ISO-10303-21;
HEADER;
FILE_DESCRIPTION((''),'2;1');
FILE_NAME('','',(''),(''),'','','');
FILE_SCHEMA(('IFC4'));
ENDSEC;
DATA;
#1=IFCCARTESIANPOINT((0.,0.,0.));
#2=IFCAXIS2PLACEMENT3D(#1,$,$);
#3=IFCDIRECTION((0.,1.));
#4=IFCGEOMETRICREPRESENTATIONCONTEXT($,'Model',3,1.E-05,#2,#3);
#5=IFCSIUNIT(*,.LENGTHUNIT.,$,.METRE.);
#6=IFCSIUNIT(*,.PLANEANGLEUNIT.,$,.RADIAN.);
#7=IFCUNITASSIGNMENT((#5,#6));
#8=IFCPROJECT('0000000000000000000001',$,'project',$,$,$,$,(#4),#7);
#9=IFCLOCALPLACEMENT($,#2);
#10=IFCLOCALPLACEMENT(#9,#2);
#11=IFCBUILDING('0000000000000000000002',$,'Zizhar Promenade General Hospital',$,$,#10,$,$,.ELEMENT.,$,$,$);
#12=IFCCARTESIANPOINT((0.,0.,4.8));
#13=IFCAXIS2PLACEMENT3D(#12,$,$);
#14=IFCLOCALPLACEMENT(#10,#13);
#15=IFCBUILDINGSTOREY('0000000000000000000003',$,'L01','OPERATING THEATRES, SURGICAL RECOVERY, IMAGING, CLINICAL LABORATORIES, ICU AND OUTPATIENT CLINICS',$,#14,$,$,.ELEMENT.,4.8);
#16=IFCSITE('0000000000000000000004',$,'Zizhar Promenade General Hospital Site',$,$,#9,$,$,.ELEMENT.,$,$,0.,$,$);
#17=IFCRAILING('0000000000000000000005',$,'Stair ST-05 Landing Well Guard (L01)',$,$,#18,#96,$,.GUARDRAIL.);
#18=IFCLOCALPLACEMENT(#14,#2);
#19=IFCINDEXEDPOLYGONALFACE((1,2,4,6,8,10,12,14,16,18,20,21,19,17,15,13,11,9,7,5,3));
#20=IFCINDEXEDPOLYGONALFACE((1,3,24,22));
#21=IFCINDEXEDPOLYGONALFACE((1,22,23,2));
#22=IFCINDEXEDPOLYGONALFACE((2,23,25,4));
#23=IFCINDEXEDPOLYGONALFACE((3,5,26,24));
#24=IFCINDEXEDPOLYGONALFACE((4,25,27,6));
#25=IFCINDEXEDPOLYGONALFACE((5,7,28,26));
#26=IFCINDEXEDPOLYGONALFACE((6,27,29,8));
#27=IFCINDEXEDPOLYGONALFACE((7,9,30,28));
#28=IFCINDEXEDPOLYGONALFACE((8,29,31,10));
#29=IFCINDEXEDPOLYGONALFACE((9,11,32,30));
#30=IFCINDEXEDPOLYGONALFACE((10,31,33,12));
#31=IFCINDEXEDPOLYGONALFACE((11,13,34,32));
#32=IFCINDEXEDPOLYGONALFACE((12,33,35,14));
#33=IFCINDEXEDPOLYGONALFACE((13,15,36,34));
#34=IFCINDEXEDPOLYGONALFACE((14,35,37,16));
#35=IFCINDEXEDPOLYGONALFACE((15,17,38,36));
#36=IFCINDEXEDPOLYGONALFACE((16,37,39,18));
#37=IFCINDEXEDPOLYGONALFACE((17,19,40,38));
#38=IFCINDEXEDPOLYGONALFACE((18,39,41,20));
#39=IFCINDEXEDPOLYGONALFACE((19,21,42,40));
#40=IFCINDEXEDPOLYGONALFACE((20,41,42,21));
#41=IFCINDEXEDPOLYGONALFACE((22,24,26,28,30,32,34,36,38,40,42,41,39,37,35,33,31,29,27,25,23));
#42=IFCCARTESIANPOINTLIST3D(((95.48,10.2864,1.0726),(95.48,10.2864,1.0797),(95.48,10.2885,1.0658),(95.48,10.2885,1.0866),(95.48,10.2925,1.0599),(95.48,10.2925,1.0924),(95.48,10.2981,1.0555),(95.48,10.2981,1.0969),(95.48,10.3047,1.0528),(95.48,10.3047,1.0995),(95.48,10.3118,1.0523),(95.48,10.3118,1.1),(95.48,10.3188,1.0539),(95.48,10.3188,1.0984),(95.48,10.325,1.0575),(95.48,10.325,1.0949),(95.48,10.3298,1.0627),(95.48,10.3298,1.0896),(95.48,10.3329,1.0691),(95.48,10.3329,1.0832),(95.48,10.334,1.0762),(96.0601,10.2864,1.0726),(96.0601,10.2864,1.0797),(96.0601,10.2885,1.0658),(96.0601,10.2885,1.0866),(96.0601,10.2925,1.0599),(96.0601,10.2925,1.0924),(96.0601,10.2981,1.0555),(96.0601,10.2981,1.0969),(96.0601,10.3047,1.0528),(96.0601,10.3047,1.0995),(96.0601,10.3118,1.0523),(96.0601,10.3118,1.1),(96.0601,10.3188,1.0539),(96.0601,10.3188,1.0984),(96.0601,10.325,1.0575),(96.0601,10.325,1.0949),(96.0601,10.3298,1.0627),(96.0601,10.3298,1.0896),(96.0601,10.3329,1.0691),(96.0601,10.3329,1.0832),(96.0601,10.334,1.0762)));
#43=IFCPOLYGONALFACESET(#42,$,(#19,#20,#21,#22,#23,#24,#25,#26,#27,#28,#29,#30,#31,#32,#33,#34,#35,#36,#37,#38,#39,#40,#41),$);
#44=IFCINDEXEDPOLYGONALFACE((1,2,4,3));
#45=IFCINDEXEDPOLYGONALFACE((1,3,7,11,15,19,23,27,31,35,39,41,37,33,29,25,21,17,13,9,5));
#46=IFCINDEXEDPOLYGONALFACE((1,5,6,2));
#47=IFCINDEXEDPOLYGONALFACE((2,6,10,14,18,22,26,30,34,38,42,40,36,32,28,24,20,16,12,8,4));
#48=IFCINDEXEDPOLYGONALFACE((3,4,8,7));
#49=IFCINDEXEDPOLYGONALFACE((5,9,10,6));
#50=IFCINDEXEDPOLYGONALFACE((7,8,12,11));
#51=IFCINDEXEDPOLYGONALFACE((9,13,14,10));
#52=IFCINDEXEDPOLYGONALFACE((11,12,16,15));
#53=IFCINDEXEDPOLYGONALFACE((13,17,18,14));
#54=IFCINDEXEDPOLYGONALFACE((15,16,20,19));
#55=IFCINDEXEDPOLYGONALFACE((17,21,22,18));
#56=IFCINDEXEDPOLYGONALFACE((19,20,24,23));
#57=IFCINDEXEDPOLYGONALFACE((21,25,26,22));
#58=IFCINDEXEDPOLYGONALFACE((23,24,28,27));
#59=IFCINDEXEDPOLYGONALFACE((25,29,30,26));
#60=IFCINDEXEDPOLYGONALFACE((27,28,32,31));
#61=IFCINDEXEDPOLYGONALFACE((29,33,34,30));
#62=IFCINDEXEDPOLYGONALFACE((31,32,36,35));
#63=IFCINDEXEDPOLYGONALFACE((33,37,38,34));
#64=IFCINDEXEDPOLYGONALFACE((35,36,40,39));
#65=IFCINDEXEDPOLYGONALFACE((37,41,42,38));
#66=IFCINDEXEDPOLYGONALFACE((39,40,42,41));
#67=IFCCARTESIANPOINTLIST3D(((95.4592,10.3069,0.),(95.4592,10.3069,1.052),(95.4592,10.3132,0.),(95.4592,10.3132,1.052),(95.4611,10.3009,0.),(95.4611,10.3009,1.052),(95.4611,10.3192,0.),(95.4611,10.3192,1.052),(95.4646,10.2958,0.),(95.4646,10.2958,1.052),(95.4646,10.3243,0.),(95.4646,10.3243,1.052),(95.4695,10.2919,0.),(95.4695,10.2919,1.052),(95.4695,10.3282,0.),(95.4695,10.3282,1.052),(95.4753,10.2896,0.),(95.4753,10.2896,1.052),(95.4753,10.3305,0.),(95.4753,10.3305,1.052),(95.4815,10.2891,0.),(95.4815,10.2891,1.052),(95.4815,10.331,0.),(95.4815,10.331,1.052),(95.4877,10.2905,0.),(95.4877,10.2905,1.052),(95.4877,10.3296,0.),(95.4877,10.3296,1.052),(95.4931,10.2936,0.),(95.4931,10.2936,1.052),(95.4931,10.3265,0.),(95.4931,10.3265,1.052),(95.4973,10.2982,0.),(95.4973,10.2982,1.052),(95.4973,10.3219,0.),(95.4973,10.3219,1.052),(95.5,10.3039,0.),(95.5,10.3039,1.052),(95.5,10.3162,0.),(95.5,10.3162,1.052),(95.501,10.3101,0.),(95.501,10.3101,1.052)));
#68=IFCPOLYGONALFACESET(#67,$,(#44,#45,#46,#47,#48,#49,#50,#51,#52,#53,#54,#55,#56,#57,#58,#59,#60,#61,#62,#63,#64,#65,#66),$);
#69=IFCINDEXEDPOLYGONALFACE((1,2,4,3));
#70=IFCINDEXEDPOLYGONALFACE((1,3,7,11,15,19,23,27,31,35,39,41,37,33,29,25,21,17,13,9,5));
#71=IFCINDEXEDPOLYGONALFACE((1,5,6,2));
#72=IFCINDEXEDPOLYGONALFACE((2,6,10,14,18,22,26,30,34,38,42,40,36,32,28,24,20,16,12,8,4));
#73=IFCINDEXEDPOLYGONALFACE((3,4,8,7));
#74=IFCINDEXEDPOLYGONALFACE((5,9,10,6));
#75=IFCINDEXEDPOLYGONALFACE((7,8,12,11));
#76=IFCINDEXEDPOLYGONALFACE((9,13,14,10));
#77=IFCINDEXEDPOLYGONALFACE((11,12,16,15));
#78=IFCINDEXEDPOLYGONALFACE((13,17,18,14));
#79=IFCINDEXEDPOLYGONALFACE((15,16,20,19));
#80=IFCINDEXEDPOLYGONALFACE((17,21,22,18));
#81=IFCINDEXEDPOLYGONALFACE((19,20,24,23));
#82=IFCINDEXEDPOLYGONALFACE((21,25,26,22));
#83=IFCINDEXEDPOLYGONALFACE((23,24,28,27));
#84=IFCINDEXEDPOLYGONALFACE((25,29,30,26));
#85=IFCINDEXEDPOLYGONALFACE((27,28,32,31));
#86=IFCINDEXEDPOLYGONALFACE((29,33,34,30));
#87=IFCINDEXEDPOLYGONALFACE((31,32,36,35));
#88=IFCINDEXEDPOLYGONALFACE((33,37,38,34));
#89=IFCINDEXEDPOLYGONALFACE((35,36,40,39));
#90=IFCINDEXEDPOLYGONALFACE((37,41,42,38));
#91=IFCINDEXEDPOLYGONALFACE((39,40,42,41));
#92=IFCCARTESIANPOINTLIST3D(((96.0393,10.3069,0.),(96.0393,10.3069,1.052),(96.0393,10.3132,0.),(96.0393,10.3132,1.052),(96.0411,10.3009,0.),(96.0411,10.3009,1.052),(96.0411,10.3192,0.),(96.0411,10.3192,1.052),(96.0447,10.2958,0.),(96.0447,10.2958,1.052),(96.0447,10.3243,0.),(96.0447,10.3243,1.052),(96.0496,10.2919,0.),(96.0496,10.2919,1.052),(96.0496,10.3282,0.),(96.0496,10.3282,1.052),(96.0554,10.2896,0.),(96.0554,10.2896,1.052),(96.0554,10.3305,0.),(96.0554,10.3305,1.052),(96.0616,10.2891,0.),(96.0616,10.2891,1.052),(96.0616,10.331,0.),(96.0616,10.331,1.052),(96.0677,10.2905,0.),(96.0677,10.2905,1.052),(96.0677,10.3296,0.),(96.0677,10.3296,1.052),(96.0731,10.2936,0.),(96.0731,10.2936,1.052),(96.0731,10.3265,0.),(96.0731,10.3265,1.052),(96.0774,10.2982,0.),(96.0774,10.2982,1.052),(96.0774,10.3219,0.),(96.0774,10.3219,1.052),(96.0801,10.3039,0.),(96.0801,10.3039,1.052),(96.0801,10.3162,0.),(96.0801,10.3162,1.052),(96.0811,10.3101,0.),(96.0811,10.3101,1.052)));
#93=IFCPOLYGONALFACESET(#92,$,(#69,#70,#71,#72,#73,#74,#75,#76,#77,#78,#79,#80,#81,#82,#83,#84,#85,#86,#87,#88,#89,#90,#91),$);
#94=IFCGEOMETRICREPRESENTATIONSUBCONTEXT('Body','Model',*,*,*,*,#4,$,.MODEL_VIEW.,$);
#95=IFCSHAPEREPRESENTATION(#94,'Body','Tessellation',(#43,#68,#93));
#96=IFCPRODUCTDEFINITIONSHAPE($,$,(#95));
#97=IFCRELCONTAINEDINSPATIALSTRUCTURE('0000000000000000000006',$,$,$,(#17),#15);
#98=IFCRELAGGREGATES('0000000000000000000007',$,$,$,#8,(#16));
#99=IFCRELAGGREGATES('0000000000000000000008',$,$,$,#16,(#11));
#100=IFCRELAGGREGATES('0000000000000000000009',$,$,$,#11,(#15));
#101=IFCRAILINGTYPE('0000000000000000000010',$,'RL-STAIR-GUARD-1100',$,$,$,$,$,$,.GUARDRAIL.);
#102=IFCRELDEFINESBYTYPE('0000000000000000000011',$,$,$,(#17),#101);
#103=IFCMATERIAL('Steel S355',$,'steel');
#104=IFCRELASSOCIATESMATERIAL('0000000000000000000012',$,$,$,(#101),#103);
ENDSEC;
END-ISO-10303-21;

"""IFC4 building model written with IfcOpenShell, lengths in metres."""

from ifc_helpers import new_model, si_unit, direction, frame, origin, origin_2d, place, context, subcontext, project, spatial, circle, hollow_circle, extrude, material, material_profile, profile_set, type_object, element, save


model = new_model("IFC4")

# Units and contexts
model_context = context("Model", 3, precision=1e-05, world=origin(), true_north=direction((0.0, 1.0)))
body_context = subcontext(model_context, "Body", "Model", "MODEL_VIEW")
ifc_project = project(units=[si_unit("LENGTHUNIT", "METRE"), si_unit("PLANEANGLEUNIT", "RADIAN")], contexts=[model_context])

# Site, building, storey
site_placement = place(None, origin())
site = spatial("IfcSite", under=ifc_project, at=site_placement, Name="Zizhar Promenade General Hospital Site", CompositionType="ELEMENT", RefElevation=0.0)
building_placement = place(site_placement, origin())
building = spatial("IfcBuilding", under=site, at=building_placement, Name="Zizhar Promenade General Hospital", CompositionType="ELEMENT")
storey_placement = place(building_placement, frame((0.0, 0.0, 4.8)))
storey = spatial("IfcBuildingStorey", under=building, at=storey_placement, Name="L01", Description="OPERATING THEATRES, SURGICAL RECOVERY, IMAGING, CLINICAL LABORATORIES, ICU AND OUTPATIENT CLINICS", CompositionType="ELEMENT", Elevation=4.8)

# Railing
ifc_material_1 = material(Name="Steel S355", Category="steel")
ifc_material_profile_1 = material_profile(ifc_material_1, hollow_circle(Radius=0.0698, WallThickness=0.0063, at=origin_2d()))
ifc_profile_set_1 = profile_set([ifc_material_profile_1], Name="Steel S355")
railing_type_1 = type_object("IfcRailingType", Name="RL-STAIR-GUARD-1100", PredefinedType="GUARDRAIL", material=ifc_profile_set_1)
railing_1_placement = place(storey_placement, frame((95.48, 10.3101, 0.0)))
element("IfcRailing", 1, at=railing_1_placement, inside=storey, type_object=railing_type_1, Name="Stair ST-05 Landing Well Guard (L01)", PredefinedType="GUARDRAIL", context=body_context, shape_type="SweptSolid", body=[
    extrude(circle(Radius=0.0239, at=origin_2d()), frame((0.0, 0.0, 1.0762), z_axis=(1.0, 0.0, 0.0), x_axis=(0.0, 1.0, 0.0)), (0.0, 0.0, 1.0), 0.5801),
    extrude(circle(Radius=0.021, at=origin_2d()), origin(), (0.0, 0.0, 1.0), 1.052),
    extrude(circle(Radius=0.021, at=origin_2d()), frame((0.5801, 0.0, 0.0)), (0.0, 0.0, 1.0), 1.052),
])

save(model, "model.ifc")
